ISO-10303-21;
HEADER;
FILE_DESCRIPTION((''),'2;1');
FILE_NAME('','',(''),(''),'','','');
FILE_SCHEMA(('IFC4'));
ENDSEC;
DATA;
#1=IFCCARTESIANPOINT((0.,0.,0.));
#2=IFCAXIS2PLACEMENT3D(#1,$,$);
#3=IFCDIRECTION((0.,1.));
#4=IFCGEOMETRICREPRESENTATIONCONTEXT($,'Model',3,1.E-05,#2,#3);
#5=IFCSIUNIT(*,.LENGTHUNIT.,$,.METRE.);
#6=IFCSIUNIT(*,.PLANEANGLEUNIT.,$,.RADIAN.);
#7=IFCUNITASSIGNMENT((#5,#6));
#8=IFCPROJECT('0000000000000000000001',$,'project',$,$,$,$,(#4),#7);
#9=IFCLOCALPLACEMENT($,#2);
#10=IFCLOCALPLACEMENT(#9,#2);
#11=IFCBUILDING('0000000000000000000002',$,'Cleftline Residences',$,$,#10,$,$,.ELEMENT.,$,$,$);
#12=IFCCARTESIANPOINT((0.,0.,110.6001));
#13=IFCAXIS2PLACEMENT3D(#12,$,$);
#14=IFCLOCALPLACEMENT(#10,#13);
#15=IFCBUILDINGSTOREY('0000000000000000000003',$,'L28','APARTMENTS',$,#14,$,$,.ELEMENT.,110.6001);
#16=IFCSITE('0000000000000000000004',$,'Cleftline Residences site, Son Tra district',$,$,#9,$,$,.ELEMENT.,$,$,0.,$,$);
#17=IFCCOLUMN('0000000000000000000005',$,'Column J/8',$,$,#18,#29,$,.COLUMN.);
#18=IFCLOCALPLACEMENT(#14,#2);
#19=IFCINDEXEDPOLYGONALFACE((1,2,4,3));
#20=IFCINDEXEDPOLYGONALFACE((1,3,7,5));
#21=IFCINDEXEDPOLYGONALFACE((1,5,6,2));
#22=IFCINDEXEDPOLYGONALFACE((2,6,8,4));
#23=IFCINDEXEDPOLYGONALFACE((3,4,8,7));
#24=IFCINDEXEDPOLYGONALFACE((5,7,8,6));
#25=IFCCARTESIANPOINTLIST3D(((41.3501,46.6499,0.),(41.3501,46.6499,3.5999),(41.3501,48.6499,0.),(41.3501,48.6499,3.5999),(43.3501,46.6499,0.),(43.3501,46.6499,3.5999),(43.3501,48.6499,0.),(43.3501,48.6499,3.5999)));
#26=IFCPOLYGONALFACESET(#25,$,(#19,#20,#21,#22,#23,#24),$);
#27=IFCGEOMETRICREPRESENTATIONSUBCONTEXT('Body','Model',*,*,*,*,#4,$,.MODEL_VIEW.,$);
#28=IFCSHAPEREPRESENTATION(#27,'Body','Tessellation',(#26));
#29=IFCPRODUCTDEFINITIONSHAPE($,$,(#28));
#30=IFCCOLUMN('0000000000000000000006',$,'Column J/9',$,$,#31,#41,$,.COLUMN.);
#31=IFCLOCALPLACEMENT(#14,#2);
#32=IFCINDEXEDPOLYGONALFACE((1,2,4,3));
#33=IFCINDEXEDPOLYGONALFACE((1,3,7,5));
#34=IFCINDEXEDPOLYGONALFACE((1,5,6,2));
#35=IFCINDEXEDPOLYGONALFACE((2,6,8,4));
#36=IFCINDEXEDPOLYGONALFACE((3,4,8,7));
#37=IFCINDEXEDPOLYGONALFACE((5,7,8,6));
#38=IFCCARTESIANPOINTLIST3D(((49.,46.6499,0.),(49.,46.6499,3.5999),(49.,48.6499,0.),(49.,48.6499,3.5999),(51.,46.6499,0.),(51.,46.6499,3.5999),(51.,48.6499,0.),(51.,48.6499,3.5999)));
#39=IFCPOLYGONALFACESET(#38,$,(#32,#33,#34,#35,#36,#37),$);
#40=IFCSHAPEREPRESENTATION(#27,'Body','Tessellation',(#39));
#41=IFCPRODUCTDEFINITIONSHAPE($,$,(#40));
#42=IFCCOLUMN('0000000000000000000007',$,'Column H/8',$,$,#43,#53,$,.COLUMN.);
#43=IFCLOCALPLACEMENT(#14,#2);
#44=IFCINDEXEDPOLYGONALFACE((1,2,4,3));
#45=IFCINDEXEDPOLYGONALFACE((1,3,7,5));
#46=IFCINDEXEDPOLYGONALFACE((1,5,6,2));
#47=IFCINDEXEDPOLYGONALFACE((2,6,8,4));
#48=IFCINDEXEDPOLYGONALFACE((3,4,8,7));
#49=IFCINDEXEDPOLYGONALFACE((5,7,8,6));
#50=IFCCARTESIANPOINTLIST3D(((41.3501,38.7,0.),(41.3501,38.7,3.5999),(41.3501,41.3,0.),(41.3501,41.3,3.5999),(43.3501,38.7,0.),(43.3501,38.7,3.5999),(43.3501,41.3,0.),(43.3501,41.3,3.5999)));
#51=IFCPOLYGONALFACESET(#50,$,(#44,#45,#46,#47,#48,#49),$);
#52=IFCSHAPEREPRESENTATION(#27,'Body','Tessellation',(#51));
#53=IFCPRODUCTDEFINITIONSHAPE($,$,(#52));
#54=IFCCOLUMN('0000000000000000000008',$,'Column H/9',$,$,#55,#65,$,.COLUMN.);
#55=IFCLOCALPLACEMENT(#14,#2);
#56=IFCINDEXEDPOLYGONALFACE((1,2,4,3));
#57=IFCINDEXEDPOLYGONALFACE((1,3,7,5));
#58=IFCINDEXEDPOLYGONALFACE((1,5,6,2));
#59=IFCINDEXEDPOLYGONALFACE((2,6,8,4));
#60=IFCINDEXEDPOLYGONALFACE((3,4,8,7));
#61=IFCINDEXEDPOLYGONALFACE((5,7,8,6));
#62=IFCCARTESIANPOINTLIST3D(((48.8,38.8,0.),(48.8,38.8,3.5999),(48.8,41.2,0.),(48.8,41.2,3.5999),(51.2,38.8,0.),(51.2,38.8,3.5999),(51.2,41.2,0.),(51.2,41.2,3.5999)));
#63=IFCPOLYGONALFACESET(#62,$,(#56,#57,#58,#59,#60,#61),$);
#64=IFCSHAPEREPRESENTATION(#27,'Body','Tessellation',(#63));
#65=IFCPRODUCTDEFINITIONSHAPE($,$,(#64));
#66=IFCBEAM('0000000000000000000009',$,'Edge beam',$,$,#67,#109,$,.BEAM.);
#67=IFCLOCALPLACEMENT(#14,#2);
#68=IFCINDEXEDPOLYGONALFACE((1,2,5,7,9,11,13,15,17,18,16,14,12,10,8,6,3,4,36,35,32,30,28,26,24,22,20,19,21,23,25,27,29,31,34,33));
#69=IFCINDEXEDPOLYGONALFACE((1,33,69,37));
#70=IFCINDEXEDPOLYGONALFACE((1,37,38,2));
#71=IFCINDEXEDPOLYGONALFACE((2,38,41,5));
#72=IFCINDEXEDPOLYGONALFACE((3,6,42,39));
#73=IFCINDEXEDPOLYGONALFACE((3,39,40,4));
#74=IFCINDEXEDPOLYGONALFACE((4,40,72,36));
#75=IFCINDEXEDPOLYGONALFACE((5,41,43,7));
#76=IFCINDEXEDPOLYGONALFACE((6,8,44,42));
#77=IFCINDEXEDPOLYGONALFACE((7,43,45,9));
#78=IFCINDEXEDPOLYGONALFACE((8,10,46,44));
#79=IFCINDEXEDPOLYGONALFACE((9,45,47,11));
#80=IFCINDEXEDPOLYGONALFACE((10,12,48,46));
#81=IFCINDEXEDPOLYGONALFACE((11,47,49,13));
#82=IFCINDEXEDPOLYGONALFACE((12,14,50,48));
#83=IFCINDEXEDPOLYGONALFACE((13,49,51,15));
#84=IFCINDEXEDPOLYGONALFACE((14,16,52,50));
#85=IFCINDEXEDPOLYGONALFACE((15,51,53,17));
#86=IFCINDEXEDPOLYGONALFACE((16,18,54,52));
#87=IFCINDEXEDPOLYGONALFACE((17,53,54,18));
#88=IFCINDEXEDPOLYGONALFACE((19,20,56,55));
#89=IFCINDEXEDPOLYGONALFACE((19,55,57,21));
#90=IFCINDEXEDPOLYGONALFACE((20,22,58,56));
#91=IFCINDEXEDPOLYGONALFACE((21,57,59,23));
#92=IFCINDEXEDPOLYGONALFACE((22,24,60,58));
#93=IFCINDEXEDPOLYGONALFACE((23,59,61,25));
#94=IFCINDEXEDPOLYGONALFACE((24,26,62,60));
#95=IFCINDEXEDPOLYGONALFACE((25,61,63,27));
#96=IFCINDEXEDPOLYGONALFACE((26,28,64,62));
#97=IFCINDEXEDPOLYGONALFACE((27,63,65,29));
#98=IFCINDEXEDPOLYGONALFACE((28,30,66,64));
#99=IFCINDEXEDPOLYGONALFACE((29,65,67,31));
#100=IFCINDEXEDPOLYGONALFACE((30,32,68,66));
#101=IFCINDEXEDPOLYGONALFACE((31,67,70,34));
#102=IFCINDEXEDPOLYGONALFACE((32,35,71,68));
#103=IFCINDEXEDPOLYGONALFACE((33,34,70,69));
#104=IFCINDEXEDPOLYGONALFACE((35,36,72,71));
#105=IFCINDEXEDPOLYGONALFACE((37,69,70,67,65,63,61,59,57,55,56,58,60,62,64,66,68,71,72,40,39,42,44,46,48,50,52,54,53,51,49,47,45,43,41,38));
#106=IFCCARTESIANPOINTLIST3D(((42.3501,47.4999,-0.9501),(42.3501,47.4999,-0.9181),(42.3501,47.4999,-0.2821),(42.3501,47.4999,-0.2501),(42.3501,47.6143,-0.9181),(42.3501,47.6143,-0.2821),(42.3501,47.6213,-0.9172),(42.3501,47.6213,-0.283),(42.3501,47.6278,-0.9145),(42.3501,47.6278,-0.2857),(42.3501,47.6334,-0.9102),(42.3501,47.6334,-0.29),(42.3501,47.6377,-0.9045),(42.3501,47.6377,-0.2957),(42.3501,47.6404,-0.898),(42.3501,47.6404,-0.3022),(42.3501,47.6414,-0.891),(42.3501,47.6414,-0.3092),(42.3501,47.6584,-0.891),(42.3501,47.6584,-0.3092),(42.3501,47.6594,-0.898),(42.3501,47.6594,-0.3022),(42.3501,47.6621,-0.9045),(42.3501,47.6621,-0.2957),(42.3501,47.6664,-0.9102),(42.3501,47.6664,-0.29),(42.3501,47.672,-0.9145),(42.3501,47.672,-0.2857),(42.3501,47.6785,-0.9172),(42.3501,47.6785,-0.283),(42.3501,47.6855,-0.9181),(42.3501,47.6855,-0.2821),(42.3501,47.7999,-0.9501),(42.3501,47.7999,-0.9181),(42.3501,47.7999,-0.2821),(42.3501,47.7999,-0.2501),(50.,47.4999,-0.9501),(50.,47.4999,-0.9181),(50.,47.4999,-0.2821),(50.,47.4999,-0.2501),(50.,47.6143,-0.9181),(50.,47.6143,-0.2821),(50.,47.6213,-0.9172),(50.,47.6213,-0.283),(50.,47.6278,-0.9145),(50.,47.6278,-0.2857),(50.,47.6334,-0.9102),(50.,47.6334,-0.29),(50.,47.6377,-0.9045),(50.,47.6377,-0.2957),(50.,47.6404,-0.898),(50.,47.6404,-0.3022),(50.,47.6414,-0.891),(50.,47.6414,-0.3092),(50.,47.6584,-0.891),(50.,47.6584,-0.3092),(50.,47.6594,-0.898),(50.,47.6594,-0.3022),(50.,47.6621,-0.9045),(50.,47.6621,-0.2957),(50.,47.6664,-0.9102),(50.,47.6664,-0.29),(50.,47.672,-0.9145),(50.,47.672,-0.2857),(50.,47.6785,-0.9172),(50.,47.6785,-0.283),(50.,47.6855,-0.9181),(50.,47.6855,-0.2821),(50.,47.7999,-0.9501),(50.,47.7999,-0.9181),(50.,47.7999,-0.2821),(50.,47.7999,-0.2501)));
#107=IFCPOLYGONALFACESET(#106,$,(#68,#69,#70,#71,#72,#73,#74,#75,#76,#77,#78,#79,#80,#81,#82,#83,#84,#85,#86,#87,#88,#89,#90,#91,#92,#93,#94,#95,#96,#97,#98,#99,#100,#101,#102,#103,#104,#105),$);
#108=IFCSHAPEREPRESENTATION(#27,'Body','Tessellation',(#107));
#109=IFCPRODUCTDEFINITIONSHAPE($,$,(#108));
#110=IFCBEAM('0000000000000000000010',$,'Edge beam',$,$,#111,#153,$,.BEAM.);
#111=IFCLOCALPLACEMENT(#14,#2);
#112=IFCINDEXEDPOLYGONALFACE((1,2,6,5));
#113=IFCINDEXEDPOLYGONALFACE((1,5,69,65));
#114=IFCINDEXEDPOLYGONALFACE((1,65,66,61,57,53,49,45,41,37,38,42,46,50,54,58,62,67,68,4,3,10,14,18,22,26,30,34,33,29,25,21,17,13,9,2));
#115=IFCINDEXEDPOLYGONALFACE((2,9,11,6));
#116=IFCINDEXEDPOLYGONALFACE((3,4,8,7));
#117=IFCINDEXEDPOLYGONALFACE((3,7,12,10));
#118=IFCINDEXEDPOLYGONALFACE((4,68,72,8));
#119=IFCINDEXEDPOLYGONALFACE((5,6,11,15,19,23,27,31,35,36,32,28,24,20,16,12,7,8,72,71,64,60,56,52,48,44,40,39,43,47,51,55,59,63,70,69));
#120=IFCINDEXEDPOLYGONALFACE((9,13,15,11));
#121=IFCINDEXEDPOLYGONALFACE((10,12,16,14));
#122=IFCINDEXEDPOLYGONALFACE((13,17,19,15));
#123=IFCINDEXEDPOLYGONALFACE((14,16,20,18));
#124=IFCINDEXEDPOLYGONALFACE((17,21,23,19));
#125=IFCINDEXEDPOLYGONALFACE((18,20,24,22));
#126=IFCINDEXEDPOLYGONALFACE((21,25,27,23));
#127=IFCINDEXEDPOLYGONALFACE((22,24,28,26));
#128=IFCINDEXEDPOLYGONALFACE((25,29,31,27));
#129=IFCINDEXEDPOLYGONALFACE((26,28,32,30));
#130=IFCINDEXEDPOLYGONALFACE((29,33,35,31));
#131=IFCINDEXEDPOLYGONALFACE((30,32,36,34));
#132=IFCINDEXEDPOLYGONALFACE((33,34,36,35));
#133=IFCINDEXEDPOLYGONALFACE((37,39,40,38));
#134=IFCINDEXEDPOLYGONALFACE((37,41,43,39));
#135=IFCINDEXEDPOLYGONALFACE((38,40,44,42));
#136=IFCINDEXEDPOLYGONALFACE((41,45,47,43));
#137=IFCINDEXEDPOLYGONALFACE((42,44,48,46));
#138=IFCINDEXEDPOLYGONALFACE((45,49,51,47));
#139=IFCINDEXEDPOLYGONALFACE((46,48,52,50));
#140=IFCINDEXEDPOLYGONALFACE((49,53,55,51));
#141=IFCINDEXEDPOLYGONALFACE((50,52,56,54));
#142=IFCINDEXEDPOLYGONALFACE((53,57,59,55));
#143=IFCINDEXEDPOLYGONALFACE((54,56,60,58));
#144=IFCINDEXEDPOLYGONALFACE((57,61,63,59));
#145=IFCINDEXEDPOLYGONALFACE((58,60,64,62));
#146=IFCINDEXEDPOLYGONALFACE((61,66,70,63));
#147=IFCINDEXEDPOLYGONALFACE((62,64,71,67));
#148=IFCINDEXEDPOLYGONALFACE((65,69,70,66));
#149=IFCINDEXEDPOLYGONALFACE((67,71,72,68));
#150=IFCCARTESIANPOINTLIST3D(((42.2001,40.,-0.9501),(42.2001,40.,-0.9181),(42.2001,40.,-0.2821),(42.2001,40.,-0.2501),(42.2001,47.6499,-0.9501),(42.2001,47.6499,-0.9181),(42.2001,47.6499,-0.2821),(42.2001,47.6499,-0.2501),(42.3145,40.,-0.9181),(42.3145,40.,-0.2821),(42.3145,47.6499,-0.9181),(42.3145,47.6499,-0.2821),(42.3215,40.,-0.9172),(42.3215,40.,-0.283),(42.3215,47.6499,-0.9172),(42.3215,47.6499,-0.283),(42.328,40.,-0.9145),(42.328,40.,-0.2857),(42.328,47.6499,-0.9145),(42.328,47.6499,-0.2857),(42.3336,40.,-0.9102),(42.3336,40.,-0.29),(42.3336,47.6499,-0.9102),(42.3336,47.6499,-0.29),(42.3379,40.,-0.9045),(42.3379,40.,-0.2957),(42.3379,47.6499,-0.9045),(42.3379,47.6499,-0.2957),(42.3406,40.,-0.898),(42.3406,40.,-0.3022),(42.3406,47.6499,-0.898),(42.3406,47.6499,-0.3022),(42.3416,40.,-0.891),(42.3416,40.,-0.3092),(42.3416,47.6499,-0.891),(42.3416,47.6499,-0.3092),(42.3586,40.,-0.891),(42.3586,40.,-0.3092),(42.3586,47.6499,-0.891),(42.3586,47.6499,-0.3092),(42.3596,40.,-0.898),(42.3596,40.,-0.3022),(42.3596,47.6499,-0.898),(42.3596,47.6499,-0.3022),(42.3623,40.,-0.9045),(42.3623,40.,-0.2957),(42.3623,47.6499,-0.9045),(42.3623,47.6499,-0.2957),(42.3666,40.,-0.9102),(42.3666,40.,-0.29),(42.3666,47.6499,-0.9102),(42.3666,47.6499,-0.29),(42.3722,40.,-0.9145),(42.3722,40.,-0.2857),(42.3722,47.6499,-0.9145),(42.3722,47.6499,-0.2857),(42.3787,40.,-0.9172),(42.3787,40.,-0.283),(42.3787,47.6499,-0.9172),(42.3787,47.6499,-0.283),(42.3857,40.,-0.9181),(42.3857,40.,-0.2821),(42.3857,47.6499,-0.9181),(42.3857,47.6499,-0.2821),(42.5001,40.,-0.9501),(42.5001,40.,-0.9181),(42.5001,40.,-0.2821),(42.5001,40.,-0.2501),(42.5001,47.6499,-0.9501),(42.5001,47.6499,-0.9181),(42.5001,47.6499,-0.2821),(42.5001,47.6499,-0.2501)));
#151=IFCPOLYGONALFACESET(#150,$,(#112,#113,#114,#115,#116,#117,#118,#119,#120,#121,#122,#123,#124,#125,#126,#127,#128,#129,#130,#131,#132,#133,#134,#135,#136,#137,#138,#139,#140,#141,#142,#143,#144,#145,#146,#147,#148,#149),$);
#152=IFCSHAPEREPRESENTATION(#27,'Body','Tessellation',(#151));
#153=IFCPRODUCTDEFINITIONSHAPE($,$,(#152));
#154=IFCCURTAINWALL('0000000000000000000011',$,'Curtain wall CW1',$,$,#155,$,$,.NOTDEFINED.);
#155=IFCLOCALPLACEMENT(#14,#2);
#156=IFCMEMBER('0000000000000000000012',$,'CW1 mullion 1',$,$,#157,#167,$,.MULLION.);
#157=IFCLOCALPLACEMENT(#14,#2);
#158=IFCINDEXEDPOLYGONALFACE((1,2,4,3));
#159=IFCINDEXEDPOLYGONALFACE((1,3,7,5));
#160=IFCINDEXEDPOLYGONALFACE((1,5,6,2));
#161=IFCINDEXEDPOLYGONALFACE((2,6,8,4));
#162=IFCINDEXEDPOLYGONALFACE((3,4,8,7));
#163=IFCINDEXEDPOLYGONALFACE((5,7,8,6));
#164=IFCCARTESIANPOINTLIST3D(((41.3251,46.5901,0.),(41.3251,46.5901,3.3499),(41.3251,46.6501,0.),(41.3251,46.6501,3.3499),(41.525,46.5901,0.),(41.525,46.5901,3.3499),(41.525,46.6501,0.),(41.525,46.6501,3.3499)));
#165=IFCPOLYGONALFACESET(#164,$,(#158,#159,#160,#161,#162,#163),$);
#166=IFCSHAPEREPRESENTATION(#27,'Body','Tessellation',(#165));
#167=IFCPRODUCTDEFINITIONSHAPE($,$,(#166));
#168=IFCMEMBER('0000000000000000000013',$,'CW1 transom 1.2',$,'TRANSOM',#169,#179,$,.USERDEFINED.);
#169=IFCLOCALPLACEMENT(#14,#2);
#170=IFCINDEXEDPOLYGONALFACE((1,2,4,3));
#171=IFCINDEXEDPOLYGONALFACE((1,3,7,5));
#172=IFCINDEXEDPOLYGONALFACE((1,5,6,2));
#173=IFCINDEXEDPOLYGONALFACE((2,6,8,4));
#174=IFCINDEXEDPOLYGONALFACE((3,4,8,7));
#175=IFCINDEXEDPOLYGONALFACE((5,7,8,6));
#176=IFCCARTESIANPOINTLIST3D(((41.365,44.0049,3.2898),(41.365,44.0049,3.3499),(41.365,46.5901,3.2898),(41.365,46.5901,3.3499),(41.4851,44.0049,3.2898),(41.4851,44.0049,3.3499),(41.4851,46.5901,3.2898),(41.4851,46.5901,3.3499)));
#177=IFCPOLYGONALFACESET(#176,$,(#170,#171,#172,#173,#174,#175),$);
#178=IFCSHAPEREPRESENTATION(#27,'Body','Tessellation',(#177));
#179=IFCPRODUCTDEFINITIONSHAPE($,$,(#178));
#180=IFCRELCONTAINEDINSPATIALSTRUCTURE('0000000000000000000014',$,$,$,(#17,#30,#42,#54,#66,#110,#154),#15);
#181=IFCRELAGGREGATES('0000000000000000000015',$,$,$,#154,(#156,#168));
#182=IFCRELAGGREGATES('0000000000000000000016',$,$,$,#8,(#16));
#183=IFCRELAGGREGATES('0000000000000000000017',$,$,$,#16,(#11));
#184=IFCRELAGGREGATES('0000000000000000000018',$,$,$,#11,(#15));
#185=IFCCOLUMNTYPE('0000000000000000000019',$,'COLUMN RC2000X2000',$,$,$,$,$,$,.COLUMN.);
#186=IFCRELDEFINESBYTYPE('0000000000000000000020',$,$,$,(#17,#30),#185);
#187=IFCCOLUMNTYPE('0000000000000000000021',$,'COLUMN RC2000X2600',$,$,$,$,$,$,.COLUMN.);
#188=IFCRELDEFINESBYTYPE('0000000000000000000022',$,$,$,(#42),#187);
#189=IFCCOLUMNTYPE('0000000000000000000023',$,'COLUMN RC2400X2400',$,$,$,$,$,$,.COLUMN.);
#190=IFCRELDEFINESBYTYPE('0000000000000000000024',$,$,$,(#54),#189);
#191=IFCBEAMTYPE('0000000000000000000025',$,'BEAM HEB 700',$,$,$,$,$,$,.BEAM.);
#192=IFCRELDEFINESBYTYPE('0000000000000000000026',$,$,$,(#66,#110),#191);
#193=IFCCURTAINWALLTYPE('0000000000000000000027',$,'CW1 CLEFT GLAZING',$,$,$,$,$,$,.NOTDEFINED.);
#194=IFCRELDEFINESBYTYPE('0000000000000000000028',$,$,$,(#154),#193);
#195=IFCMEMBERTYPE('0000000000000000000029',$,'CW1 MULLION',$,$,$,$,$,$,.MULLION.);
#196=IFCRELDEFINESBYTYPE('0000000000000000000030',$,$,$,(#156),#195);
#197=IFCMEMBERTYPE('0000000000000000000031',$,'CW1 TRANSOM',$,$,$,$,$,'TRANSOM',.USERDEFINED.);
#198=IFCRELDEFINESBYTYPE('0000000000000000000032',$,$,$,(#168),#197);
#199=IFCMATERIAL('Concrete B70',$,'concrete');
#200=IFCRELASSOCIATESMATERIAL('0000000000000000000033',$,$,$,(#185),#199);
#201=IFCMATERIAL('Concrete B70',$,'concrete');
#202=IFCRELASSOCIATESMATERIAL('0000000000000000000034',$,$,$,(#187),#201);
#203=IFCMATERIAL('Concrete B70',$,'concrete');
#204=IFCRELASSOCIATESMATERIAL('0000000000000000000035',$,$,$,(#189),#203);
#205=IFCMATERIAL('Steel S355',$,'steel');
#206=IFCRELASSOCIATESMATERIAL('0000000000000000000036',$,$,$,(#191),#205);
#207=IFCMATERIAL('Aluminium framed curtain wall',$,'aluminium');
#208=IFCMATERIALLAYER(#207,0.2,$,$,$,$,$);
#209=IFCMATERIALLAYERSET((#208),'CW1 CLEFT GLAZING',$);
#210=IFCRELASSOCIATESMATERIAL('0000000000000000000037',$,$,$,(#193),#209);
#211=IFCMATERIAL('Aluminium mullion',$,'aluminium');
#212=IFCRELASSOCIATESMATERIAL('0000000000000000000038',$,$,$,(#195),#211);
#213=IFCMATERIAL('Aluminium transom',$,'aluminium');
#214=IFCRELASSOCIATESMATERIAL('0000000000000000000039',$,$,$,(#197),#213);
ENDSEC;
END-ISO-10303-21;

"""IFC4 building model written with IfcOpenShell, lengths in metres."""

from ifc_helpers import new_model, si_unit, direction, frame, origin, origin_2d, place, context, subcontext, project, spatial, rectangle, i_section, extrude, material, layer, layer_set, material_profile, profile_set, type_object, element, aggregate, save


model = new_model("IFC4")

# Units and contexts
model_context = context("Model", 3, precision=1e-05, world=origin(), true_north=direction((0.0, 1.0)))
body_context = subcontext(model_context, "Body", "Model", "MODEL_VIEW")
ifc_project = project(units=[si_unit("LENGTHUNIT", "METRE"), si_unit("PLANEANGLEUNIT", "RADIAN")], contexts=[model_context])

# Site, building, storey
site_placement = place(None, origin())
site = spatial("IfcSite", under=ifc_project, at=site_placement, Name="Cleftline Residences site, Son Tra district", CompositionType="ELEMENT", RefElevation=0.0)
building_placement = place(site_placement, origin())
building = spatial("IfcBuilding", under=site, at=building_placement, Name="Cleftline Residences", CompositionType="ELEMENT")
storey_placement = place(building_placement, frame((0.0, 0.0, 110.6001)))
storey = spatial("IfcBuildingStorey", under=building, at=storey_placement, Name="L28", Description="APARTMENTS", CompositionType="ELEMENT", Elevation=110.6001)

# Columns
ifc_material_1 = material(Name="Concrete B70", Category="concrete")
ifc_material_profile_1 = material_profile(ifc_material_1, rectangle(XDim=2.0, YDim=2.0, at=origin_2d()))
ifc_profile_set_1 = profile_set([ifc_material_profile_1], Name="Concrete B70")
column_type_1 = type_object("IfcColumnType", Name="COLUMN RC2000X2000", PredefinedType="COLUMN", material=ifc_profile_set_1)
for number, where, z_axis, x_axis, name in (
    (1, (42.3501, 47.6499, 0.0), (0.0, 0.0, 1.0), (1.0, 0.0, 0.0), "Column J/8"),
    (2, (50.0, 47.6499, 0.0), (0.0, 0.0, 1.0), (1.0, 0.0, 0.0), "Column J/9"),
):
    element("IfcColumn", number, at=place(storey_placement, frame(where, z_axis=z_axis, x_axis=x_axis)), inside=storey, type_object=column_type_1, Name=name, PredefinedType="COLUMN", context=body_context, shape_type="SweptSolid", body=[
        extrude(rectangle(XDim=2.0, YDim=2.0, at=origin_2d()), origin(), (0.0, 0.0, 1.0), 3.5999),
    ])
ifc_material_2 = material(Name="Concrete B70", Category="concrete")
ifc_material_profile_2 = material_profile(ifc_material_2, rectangle(XDim=2.0, YDim=2.6001, at=origin_2d()))
ifc_profile_set_2 = profile_set([ifc_material_profile_2], Name="Concrete B70")
column_type_2 = type_object("IfcColumnType", Name="COLUMN RC2000X2600", PredefinedType="COLUMN", material=ifc_profile_set_2)
column_1_placement = place(storey_placement, frame((42.3501, 40.0, 0.0), z_axis=(0.0, 0.0, 1.0), x_axis=(1.0, 0.0, 0.0)))
element("IfcColumn", 3, at=column_1_placement, inside=storey, type_object=column_type_2, Name="Column H/8", PredefinedType="COLUMN", context=body_context, shape_type="SweptSolid", body=[
    extrude(rectangle(XDim=2.0, YDim=2.6001, at=origin_2d()), origin(), (0.0, 0.0, 1.0), 3.5999),
])
ifc_material_3 = material(Name="Concrete B70", Category="concrete")
ifc_material_profile_3 = material_profile(ifc_material_3, rectangle(XDim=2.3999, YDim=2.3999, at=origin_2d()))
ifc_profile_set_3 = profile_set([ifc_material_profile_3], Name="Concrete B70")
column_type_3 = type_object("IfcColumnType", Name="COLUMN RC2400X2400", PredefinedType="COLUMN", material=ifc_profile_set_3)
column_2_placement = place(storey_placement, frame((50.0, 40.0, 0.0), z_axis=(0.0, 0.0, 1.0), x_axis=(1.0, 0.0, 0.0)))
element("IfcColumn", 4, at=column_2_placement, inside=storey, type_object=column_type_3, Name="Column H/9", PredefinedType="COLUMN", context=body_context, shape_type="SweptSolid", body=[
    extrude(rectangle(XDim=2.3999, YDim=2.3999, at=origin_2d()), origin(), (0.0, 0.0, 1.0), 3.5999),
])

# Beams
ifc_material_4 = material(Name="Steel S355", Category="steel")
ifc_material_profile_4 = material_profile(ifc_material_4, i_section(OverallWidth=0.3, OverallDepth=0.7, WebThickness=0.0171, FlangeThickness=0.032, FilletRadius=0.0271, at=origin_2d()))
ifc_profile_set_4 = profile_set([ifc_material_profile_4], Name="Steel S355")
beam_type = type_object("IfcBeamType", Name="BEAM HEB 700", PredefinedType="BEAM", material=ifc_profile_set_4)
for number, where, z_axis, x_axis, name in (
    (5, (50.0, 47.6499, -0.6001), (-1.0, 0.0, 0.0), (0.0, -1.0, 0.0), "Edge beam"),
    (6, (42.3501, 47.6499, -0.6001), (0.0, -1.0, 0.0), (1.0, 0.0, 0.0), "Edge beam"),
):
    element("IfcBeam", number, at=place(storey_placement, frame(where, z_axis=z_axis, x_axis=x_axis)), inside=storey, type_object=beam_type, Name=name, PredefinedType="BEAM", context=body_context, shape_type="SweptSolid", body=[
        extrude(i_section(OverallWidth=0.3, OverallDepth=0.7, WebThickness=0.0171, FlangeThickness=0.032, FilletRadius=0.0271, at=origin_2d()), origin(), (0.0, 0.0, 1.0), 7.6499),
    ])

# Curtain wall, members
ifc_material_5 = material(Name="Aluminium framed curtain wall", Category="aluminium")
ifc_layer_1 = layer(ifc_material_5, 0.2)
ifc_layer_set_1 = layer_set([ifc_layer_1], Name="CW1 CLEFT GLAZING")
curtain_wall_type = type_object("IfcCurtainWallType", Name="CW1 CLEFT GLAZING", PredefinedType="NOTDEFINED", material=ifc_layer_set_1)
curtain_wall_placement = place(storey_placement, origin())
curtain_wall = element("IfcCurtainWall", 7, at=curtain_wall_placement, inside=storey, type_object=curtain_wall_type, Name="Curtain wall CW1", PredefinedType="NOTDEFINED")
ifc_material_6 = material(Name="Aluminium mullion", Category="aluminium")
ifc_material_profile_5 = material_profile(ifc_material_6, rectangle(XDim=0.2, YDim=0.0601, at=origin_2d()))
ifc_profile_set_5 = profile_set([ifc_material_profile_5], Name="Aluminium mullion")
member_type_1 = type_object("IfcMemberType", Name="CW1 MULLION", PredefinedType="MULLION", material=ifc_profile_set_5)
member_1_placement = place(storey_placement, frame((41.425, 46.6201, 0.0), z_axis=(0.0, 0.0, 1.0), x_axis=(1.0, 0.0, 0.0)))
member_1 = element("IfcMember", 8, at=member_1_placement, type_object=member_type_1, Name="CW1 mullion 1", PredefinedType="MULLION", context=body_context, shape_type="SweptSolid", body=[
    extrude(rectangle(XDim=0.2, YDim=0.0601, at=origin_2d()), origin(), (0.0, 0.0, 1.0), 3.3499),
])
ifc_material_7 = material(Name="Aluminium transom", Category="aluminium")
ifc_material_profile_6 = material_profile(ifc_material_7, rectangle(XDim=0.1201, YDim=0.0601, at=origin_2d()))
ifc_profile_set_6 = profile_set([ifc_material_profile_6], Name="Aluminium transom")
member_type_2 = type_object("IfcMemberType", Name="CW1 TRANSOM", ElementType="TRANSOM", PredefinedType="USERDEFINED", material=ifc_profile_set_6)
member_2_placement = place(storey_placement, frame((41.425, 46.5901, 3.3198), z_axis=(0.0, -1.0, 0.0), x_axis=(1.0, 0.0, 0.0)))
member_2 = element("IfcMember", 9, at=member_2_placement, type_object=member_type_2, Name="CW1 transom 1.2", ObjectType="TRANSOM", PredefinedType="USERDEFINED", context=body_context, shape_type="SweptSolid", body=[
    extrude(rectangle(XDim=0.1201, YDim=0.0601, at=origin_2d()), origin(), (0.0, 0.0, 1.0), 2.5852),
])
aggregate(curtain_wall, [member_1, member_2])

save(model, "model.ifc")
